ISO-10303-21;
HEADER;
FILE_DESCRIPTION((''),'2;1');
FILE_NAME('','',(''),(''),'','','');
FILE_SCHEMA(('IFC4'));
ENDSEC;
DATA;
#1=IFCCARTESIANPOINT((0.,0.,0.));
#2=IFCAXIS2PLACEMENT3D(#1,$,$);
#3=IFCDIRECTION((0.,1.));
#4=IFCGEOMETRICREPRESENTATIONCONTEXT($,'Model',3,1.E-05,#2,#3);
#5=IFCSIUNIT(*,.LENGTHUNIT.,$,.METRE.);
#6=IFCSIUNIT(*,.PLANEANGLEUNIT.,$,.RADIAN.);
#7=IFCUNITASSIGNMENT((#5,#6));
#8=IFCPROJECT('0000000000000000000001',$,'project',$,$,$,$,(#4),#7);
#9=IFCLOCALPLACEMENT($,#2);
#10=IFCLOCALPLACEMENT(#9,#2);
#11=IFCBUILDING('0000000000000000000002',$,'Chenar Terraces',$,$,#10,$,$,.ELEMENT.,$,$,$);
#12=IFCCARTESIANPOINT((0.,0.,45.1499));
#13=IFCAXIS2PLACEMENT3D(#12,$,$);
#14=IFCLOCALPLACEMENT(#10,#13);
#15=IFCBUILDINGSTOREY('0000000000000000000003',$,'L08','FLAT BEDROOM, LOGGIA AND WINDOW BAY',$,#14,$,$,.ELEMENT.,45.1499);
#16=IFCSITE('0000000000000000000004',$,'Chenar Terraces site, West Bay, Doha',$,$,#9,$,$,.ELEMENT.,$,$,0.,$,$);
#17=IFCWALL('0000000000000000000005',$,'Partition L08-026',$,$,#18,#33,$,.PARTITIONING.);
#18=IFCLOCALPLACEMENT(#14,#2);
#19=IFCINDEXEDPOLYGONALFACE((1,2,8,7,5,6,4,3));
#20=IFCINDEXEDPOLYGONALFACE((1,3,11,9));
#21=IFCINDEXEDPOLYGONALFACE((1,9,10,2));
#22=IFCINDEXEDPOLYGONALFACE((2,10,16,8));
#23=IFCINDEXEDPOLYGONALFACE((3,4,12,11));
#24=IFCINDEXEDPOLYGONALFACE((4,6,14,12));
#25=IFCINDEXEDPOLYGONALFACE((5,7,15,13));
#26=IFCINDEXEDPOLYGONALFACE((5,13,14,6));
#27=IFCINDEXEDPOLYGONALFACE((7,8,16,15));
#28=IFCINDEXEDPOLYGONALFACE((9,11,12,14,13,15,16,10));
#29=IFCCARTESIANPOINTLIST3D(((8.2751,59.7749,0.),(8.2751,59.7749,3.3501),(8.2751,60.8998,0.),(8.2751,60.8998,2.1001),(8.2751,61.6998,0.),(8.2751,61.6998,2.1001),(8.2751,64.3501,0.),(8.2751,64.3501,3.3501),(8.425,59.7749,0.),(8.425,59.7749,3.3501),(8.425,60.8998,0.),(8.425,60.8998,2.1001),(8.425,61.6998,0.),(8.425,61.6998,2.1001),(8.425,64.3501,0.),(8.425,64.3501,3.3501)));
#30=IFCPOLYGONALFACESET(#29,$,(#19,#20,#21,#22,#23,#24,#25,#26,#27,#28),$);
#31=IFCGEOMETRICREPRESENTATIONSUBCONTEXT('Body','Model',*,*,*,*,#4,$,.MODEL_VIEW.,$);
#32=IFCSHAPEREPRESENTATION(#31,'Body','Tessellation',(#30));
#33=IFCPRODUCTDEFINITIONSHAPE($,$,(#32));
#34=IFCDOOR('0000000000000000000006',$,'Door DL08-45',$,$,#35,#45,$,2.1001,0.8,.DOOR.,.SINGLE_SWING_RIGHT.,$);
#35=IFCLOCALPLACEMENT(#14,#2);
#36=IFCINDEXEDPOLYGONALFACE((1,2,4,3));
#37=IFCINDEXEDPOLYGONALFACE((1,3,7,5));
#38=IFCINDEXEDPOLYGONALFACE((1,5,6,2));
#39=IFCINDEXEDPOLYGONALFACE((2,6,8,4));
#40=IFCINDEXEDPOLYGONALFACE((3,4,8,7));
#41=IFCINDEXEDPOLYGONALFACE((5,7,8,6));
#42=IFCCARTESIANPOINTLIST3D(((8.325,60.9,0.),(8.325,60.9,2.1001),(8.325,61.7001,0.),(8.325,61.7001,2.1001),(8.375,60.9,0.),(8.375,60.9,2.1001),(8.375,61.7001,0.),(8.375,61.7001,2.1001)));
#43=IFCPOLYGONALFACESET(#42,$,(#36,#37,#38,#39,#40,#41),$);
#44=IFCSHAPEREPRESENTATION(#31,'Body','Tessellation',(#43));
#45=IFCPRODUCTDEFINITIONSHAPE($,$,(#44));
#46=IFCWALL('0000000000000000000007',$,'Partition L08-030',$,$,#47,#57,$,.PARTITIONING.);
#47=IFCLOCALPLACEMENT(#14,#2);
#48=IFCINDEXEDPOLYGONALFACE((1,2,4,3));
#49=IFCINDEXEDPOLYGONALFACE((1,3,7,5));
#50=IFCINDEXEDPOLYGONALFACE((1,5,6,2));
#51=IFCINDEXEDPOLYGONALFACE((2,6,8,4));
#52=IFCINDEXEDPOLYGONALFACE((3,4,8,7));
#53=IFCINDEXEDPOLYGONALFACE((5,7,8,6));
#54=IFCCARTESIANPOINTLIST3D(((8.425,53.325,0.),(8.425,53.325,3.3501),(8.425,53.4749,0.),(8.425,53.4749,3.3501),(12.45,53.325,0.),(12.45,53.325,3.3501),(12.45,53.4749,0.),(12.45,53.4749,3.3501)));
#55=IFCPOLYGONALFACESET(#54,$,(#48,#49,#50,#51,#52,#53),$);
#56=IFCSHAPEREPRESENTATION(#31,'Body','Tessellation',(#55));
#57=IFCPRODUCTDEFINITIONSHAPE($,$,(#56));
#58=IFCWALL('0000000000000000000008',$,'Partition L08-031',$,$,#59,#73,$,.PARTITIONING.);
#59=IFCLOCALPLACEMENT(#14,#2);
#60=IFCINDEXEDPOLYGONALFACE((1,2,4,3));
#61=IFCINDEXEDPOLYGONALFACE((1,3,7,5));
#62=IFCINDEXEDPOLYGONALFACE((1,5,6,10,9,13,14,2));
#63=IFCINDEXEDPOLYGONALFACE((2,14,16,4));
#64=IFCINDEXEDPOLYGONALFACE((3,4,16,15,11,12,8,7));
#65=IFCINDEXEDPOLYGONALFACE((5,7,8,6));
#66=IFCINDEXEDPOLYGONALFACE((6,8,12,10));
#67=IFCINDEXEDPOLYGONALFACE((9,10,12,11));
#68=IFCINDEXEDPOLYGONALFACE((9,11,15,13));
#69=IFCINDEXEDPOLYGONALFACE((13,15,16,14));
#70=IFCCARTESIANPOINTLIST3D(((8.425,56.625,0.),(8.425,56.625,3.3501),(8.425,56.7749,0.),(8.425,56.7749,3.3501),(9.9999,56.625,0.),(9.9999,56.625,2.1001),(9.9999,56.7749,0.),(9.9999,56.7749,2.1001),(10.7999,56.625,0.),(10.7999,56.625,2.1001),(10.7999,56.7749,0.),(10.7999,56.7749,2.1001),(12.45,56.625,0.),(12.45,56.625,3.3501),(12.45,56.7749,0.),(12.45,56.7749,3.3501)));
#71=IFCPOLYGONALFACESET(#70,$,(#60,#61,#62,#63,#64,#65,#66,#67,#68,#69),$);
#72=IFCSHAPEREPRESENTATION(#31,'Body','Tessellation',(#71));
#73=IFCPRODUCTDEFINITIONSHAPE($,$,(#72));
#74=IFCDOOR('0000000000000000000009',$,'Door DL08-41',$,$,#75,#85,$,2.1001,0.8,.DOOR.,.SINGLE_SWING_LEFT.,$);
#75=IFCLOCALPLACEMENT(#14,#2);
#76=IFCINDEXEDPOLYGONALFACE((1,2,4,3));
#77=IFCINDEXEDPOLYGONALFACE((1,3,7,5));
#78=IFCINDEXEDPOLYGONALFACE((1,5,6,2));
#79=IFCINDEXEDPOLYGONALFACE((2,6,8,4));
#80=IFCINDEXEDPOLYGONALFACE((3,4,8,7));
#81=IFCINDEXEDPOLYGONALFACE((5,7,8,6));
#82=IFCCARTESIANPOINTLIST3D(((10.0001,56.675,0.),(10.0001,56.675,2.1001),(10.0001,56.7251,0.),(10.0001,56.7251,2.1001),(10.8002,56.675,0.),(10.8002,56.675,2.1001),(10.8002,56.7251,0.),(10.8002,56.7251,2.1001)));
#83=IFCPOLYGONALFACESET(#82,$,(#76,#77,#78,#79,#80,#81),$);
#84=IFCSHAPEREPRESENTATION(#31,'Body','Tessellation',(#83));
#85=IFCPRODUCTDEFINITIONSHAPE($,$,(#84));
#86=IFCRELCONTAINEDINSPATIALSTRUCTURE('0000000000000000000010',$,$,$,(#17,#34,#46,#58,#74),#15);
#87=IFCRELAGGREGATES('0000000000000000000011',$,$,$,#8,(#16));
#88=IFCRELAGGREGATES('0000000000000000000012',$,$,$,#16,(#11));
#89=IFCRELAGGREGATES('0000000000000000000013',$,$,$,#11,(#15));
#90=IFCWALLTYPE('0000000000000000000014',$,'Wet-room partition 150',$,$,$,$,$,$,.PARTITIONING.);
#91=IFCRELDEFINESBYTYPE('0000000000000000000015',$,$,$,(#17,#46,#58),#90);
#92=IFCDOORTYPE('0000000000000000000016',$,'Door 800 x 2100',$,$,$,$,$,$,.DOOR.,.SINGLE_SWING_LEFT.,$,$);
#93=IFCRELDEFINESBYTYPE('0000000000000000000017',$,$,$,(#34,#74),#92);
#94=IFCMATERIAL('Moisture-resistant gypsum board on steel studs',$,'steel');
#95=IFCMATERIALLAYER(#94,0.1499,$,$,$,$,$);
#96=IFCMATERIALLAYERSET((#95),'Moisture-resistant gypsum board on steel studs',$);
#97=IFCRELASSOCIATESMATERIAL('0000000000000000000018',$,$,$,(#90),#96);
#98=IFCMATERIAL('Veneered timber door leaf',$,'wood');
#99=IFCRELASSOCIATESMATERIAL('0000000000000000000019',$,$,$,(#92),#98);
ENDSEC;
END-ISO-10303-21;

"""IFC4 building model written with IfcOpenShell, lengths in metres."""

from ifc_helpers import new_model, si_unit, direction, frame, frame_2d, origin, place, context, subcontext, project, spatial, rectangle, extrude, material, layer, layer_set, type_object, element, fill, save


model = new_model("IFC4")

# Units and contexts
model_context = context("Model", 3, precision=1e-05, world=origin(), true_north=direction((0.0, 1.0)))
body_context = subcontext(model_context, "Body", "Model", "MODEL_VIEW")
ifc_project = project(units=[si_unit("LENGTHUNIT", "METRE"), si_unit("PLANEANGLEUNIT", "RADIAN")], contexts=[model_context])

# Site, building, storey
site_placement = place(None, origin())
site = spatial("IfcSite", under=ifc_project, at=site_placement, Name="Chenar Terraces site, West Bay, Doha", CompositionType="ELEMENT", RefElevation=0.0)
building_placement = place(site_placement, origin())
building = spatial("IfcBuilding", under=site, at=building_placement, Name="Chenar Terraces", CompositionType="ELEMENT")
storey_placement = place(building_placement, frame((0.0, 0.0, 45.1499)))
storey = spatial("IfcBuildingStorey", under=building, at=storey_placement, Name="L08", Description="FLAT BEDROOM, LOGGIA AND WINDOW BAY", CompositionType="ELEMENT", Elevation=45.1499)

# Wall, opening, door
ifc_material_1 = material(Name="Moisture-resistant gypsum board on steel studs", Category="steel")
ifc_layer_1 = layer(ifc_material_1, 0.1499)
ifc_layer_set_1 = layer_set([ifc_layer_1], Name="Moisture-resistant gypsum board on steel studs")
wall_type_1 = type_object("IfcWallType", Name="Wet-room partition 150", PredefinedType="PARTITIONING", material=ifc_layer_set_1)
wall_1_placement = place(storey_placement, frame((8.3501, 59.7749, 0.0), z_axis=(0.0, 0.0, 1.0), x_axis=(0.0, 1.0, 0.0)))
wall_1 = element("IfcWall", 1, at=wall_1_placement, inside=storey, type_object=wall_type_1, Name="Partition L08-026", PredefinedType="PARTITIONING", context=body_context, shape_type="SweptSolid", body=[
    extrude(rectangle(XDim=4.5752, YDim=0.1499, at=frame_2d((2.2876, 0.0))), origin(), (0.0, 0.0, 1.0), 3.3501),
])
opening_1_placement = place(wall_1_placement, frame((1.125, 0.0, 0.0)))
opening_1 = element("IfcOpeningElement", 2, at=opening_1_placement, cuts=wall_1, PredefinedType="OPENING", context=body_context, shape_type="SweptSolid", body=[
    extrude(rectangle(XDim=0.8, YDim=2.1001, at=frame_2d((0.3999, 1.05))), frame((0.0, 0.085, 0.0), z_axis=(0.0, -1.0, 0.0), x_axis=(1.0, 0.0, 0.0)), (0.0, 0.0, 1.0), 0.1699),
])
ifc_material_2 = material(Name="Veneered timber door leaf", Category="wood")
door_type_1 = type_object("IfcDoorType", Name="Door 800 x 2100", OperationType="SINGLE_SWING_LEFT", PredefinedType="DOOR", material=ifc_material_2)
door_1_placement = place(opening_1_placement, frame((0.8, 0.0, 0.0), z_axis=(0.0, 0.0, 1.0), x_axis=(-1.0, 0.0, 0.0)))
door_1 = element("IfcDoor", 3, at=door_1_placement, inside=storey, type_object=door_type_1, Name="Door DL08-45", OperationType="SINGLE_SWING_RIGHT", OverallHeight=2.1001, OverallWidth=0.8, PredefinedType="DOOR", context=body_context, shape_type="SweptSolid", body=[
    extrude(rectangle(XDim=0.8, YDim=2.1001, at=frame_2d((0.3999, 1.05))), frame((0.0, 0.0249, 0.0), z_axis=(0.0, -1.0, 0.0), x_axis=(1.0, 0.0, 0.0)), (0.0, 0.0, 1.0), 0.05),
])
fill(opening_1, door_1)

# Wall
wall_2_placement = place(storey_placement, frame((8.425, 53.3999, 0.0), z_axis=(0.0, 0.0, 1.0), x_axis=(1.0, 0.0, 0.0)))
element("IfcWall", 4, at=wall_2_placement, inside=storey, type_object=wall_type_1, Name="Partition L08-030", PredefinedType="PARTITIONING", context=body_context, shape_type="SweptSolid", body=[
    extrude(rectangle(XDim=4.0249, YDim=0.1499, at=frame_2d((2.0125, 0.0))), origin(), (0.0, 0.0, 1.0), 3.3501),
])

# Wall, opening, door
wall_3_placement = place(storey_placement, frame((8.425, 56.7, 0.0), z_axis=(0.0, 0.0, 1.0), x_axis=(1.0, 0.0, 0.0)))
wall_3 = element("IfcWall", 5, at=wall_3_placement, inside=storey, type_object=wall_type_1, Name="Partition L08-031", PredefinedType="PARTITIONING", context=body_context, shape_type="SweptSolid", body=[
    extrude(rectangle(XDim=4.0249, YDim=0.1499, at=frame_2d((2.0125, 0.0))), origin(), (0.0, 0.0, 1.0), 3.3501),
])
opening_2_placement = place(wall_3_placement, frame((1.575, 0.0, 0.0)))
opening_2 = element("IfcOpeningElement", 6, at=opening_2_placement, cuts=wall_3, PredefinedType="OPENING", context=body_context, shape_type="SweptSolid", body=[
    extrude(rectangle(XDim=0.8, YDim=2.1001, at=frame_2d((0.3999, 1.05))), frame((0.0, 0.085, 0.0), z_axis=(0.0, -1.0, 0.0), x_axis=(1.0, 0.0, 0.0)), (0.0, 0.0, 1.0), 0.1699),
])
door_2_placement = place(opening_2_placement, frame((0.8, 0.0, 0.0), z_axis=(0.0, 0.0, 1.0), x_axis=(-1.0, 0.0, 0.0)))
door_2 = element("IfcDoor", 7, at=door_2_placement, inside=storey, type_object=door_type_1, Name="Door DL08-41", OperationType="SINGLE_SWING_LEFT", OverallHeight=2.1001, OverallWidth=0.8, PredefinedType="DOOR", context=body_context, shape_type="SweptSolid", body=[
    extrude(rectangle(XDim=0.8, YDim=2.1001, at=frame_2d((0.3999, 1.05))), frame((0.0, 0.0249, 0.0), z_axis=(0.0, -1.0, 0.0), x_axis=(1.0, 0.0, 0.0)), (0.0, 0.0, 1.0), 0.05),
])
fill(opening_2, door_2)

save(model, "model.ifc")
